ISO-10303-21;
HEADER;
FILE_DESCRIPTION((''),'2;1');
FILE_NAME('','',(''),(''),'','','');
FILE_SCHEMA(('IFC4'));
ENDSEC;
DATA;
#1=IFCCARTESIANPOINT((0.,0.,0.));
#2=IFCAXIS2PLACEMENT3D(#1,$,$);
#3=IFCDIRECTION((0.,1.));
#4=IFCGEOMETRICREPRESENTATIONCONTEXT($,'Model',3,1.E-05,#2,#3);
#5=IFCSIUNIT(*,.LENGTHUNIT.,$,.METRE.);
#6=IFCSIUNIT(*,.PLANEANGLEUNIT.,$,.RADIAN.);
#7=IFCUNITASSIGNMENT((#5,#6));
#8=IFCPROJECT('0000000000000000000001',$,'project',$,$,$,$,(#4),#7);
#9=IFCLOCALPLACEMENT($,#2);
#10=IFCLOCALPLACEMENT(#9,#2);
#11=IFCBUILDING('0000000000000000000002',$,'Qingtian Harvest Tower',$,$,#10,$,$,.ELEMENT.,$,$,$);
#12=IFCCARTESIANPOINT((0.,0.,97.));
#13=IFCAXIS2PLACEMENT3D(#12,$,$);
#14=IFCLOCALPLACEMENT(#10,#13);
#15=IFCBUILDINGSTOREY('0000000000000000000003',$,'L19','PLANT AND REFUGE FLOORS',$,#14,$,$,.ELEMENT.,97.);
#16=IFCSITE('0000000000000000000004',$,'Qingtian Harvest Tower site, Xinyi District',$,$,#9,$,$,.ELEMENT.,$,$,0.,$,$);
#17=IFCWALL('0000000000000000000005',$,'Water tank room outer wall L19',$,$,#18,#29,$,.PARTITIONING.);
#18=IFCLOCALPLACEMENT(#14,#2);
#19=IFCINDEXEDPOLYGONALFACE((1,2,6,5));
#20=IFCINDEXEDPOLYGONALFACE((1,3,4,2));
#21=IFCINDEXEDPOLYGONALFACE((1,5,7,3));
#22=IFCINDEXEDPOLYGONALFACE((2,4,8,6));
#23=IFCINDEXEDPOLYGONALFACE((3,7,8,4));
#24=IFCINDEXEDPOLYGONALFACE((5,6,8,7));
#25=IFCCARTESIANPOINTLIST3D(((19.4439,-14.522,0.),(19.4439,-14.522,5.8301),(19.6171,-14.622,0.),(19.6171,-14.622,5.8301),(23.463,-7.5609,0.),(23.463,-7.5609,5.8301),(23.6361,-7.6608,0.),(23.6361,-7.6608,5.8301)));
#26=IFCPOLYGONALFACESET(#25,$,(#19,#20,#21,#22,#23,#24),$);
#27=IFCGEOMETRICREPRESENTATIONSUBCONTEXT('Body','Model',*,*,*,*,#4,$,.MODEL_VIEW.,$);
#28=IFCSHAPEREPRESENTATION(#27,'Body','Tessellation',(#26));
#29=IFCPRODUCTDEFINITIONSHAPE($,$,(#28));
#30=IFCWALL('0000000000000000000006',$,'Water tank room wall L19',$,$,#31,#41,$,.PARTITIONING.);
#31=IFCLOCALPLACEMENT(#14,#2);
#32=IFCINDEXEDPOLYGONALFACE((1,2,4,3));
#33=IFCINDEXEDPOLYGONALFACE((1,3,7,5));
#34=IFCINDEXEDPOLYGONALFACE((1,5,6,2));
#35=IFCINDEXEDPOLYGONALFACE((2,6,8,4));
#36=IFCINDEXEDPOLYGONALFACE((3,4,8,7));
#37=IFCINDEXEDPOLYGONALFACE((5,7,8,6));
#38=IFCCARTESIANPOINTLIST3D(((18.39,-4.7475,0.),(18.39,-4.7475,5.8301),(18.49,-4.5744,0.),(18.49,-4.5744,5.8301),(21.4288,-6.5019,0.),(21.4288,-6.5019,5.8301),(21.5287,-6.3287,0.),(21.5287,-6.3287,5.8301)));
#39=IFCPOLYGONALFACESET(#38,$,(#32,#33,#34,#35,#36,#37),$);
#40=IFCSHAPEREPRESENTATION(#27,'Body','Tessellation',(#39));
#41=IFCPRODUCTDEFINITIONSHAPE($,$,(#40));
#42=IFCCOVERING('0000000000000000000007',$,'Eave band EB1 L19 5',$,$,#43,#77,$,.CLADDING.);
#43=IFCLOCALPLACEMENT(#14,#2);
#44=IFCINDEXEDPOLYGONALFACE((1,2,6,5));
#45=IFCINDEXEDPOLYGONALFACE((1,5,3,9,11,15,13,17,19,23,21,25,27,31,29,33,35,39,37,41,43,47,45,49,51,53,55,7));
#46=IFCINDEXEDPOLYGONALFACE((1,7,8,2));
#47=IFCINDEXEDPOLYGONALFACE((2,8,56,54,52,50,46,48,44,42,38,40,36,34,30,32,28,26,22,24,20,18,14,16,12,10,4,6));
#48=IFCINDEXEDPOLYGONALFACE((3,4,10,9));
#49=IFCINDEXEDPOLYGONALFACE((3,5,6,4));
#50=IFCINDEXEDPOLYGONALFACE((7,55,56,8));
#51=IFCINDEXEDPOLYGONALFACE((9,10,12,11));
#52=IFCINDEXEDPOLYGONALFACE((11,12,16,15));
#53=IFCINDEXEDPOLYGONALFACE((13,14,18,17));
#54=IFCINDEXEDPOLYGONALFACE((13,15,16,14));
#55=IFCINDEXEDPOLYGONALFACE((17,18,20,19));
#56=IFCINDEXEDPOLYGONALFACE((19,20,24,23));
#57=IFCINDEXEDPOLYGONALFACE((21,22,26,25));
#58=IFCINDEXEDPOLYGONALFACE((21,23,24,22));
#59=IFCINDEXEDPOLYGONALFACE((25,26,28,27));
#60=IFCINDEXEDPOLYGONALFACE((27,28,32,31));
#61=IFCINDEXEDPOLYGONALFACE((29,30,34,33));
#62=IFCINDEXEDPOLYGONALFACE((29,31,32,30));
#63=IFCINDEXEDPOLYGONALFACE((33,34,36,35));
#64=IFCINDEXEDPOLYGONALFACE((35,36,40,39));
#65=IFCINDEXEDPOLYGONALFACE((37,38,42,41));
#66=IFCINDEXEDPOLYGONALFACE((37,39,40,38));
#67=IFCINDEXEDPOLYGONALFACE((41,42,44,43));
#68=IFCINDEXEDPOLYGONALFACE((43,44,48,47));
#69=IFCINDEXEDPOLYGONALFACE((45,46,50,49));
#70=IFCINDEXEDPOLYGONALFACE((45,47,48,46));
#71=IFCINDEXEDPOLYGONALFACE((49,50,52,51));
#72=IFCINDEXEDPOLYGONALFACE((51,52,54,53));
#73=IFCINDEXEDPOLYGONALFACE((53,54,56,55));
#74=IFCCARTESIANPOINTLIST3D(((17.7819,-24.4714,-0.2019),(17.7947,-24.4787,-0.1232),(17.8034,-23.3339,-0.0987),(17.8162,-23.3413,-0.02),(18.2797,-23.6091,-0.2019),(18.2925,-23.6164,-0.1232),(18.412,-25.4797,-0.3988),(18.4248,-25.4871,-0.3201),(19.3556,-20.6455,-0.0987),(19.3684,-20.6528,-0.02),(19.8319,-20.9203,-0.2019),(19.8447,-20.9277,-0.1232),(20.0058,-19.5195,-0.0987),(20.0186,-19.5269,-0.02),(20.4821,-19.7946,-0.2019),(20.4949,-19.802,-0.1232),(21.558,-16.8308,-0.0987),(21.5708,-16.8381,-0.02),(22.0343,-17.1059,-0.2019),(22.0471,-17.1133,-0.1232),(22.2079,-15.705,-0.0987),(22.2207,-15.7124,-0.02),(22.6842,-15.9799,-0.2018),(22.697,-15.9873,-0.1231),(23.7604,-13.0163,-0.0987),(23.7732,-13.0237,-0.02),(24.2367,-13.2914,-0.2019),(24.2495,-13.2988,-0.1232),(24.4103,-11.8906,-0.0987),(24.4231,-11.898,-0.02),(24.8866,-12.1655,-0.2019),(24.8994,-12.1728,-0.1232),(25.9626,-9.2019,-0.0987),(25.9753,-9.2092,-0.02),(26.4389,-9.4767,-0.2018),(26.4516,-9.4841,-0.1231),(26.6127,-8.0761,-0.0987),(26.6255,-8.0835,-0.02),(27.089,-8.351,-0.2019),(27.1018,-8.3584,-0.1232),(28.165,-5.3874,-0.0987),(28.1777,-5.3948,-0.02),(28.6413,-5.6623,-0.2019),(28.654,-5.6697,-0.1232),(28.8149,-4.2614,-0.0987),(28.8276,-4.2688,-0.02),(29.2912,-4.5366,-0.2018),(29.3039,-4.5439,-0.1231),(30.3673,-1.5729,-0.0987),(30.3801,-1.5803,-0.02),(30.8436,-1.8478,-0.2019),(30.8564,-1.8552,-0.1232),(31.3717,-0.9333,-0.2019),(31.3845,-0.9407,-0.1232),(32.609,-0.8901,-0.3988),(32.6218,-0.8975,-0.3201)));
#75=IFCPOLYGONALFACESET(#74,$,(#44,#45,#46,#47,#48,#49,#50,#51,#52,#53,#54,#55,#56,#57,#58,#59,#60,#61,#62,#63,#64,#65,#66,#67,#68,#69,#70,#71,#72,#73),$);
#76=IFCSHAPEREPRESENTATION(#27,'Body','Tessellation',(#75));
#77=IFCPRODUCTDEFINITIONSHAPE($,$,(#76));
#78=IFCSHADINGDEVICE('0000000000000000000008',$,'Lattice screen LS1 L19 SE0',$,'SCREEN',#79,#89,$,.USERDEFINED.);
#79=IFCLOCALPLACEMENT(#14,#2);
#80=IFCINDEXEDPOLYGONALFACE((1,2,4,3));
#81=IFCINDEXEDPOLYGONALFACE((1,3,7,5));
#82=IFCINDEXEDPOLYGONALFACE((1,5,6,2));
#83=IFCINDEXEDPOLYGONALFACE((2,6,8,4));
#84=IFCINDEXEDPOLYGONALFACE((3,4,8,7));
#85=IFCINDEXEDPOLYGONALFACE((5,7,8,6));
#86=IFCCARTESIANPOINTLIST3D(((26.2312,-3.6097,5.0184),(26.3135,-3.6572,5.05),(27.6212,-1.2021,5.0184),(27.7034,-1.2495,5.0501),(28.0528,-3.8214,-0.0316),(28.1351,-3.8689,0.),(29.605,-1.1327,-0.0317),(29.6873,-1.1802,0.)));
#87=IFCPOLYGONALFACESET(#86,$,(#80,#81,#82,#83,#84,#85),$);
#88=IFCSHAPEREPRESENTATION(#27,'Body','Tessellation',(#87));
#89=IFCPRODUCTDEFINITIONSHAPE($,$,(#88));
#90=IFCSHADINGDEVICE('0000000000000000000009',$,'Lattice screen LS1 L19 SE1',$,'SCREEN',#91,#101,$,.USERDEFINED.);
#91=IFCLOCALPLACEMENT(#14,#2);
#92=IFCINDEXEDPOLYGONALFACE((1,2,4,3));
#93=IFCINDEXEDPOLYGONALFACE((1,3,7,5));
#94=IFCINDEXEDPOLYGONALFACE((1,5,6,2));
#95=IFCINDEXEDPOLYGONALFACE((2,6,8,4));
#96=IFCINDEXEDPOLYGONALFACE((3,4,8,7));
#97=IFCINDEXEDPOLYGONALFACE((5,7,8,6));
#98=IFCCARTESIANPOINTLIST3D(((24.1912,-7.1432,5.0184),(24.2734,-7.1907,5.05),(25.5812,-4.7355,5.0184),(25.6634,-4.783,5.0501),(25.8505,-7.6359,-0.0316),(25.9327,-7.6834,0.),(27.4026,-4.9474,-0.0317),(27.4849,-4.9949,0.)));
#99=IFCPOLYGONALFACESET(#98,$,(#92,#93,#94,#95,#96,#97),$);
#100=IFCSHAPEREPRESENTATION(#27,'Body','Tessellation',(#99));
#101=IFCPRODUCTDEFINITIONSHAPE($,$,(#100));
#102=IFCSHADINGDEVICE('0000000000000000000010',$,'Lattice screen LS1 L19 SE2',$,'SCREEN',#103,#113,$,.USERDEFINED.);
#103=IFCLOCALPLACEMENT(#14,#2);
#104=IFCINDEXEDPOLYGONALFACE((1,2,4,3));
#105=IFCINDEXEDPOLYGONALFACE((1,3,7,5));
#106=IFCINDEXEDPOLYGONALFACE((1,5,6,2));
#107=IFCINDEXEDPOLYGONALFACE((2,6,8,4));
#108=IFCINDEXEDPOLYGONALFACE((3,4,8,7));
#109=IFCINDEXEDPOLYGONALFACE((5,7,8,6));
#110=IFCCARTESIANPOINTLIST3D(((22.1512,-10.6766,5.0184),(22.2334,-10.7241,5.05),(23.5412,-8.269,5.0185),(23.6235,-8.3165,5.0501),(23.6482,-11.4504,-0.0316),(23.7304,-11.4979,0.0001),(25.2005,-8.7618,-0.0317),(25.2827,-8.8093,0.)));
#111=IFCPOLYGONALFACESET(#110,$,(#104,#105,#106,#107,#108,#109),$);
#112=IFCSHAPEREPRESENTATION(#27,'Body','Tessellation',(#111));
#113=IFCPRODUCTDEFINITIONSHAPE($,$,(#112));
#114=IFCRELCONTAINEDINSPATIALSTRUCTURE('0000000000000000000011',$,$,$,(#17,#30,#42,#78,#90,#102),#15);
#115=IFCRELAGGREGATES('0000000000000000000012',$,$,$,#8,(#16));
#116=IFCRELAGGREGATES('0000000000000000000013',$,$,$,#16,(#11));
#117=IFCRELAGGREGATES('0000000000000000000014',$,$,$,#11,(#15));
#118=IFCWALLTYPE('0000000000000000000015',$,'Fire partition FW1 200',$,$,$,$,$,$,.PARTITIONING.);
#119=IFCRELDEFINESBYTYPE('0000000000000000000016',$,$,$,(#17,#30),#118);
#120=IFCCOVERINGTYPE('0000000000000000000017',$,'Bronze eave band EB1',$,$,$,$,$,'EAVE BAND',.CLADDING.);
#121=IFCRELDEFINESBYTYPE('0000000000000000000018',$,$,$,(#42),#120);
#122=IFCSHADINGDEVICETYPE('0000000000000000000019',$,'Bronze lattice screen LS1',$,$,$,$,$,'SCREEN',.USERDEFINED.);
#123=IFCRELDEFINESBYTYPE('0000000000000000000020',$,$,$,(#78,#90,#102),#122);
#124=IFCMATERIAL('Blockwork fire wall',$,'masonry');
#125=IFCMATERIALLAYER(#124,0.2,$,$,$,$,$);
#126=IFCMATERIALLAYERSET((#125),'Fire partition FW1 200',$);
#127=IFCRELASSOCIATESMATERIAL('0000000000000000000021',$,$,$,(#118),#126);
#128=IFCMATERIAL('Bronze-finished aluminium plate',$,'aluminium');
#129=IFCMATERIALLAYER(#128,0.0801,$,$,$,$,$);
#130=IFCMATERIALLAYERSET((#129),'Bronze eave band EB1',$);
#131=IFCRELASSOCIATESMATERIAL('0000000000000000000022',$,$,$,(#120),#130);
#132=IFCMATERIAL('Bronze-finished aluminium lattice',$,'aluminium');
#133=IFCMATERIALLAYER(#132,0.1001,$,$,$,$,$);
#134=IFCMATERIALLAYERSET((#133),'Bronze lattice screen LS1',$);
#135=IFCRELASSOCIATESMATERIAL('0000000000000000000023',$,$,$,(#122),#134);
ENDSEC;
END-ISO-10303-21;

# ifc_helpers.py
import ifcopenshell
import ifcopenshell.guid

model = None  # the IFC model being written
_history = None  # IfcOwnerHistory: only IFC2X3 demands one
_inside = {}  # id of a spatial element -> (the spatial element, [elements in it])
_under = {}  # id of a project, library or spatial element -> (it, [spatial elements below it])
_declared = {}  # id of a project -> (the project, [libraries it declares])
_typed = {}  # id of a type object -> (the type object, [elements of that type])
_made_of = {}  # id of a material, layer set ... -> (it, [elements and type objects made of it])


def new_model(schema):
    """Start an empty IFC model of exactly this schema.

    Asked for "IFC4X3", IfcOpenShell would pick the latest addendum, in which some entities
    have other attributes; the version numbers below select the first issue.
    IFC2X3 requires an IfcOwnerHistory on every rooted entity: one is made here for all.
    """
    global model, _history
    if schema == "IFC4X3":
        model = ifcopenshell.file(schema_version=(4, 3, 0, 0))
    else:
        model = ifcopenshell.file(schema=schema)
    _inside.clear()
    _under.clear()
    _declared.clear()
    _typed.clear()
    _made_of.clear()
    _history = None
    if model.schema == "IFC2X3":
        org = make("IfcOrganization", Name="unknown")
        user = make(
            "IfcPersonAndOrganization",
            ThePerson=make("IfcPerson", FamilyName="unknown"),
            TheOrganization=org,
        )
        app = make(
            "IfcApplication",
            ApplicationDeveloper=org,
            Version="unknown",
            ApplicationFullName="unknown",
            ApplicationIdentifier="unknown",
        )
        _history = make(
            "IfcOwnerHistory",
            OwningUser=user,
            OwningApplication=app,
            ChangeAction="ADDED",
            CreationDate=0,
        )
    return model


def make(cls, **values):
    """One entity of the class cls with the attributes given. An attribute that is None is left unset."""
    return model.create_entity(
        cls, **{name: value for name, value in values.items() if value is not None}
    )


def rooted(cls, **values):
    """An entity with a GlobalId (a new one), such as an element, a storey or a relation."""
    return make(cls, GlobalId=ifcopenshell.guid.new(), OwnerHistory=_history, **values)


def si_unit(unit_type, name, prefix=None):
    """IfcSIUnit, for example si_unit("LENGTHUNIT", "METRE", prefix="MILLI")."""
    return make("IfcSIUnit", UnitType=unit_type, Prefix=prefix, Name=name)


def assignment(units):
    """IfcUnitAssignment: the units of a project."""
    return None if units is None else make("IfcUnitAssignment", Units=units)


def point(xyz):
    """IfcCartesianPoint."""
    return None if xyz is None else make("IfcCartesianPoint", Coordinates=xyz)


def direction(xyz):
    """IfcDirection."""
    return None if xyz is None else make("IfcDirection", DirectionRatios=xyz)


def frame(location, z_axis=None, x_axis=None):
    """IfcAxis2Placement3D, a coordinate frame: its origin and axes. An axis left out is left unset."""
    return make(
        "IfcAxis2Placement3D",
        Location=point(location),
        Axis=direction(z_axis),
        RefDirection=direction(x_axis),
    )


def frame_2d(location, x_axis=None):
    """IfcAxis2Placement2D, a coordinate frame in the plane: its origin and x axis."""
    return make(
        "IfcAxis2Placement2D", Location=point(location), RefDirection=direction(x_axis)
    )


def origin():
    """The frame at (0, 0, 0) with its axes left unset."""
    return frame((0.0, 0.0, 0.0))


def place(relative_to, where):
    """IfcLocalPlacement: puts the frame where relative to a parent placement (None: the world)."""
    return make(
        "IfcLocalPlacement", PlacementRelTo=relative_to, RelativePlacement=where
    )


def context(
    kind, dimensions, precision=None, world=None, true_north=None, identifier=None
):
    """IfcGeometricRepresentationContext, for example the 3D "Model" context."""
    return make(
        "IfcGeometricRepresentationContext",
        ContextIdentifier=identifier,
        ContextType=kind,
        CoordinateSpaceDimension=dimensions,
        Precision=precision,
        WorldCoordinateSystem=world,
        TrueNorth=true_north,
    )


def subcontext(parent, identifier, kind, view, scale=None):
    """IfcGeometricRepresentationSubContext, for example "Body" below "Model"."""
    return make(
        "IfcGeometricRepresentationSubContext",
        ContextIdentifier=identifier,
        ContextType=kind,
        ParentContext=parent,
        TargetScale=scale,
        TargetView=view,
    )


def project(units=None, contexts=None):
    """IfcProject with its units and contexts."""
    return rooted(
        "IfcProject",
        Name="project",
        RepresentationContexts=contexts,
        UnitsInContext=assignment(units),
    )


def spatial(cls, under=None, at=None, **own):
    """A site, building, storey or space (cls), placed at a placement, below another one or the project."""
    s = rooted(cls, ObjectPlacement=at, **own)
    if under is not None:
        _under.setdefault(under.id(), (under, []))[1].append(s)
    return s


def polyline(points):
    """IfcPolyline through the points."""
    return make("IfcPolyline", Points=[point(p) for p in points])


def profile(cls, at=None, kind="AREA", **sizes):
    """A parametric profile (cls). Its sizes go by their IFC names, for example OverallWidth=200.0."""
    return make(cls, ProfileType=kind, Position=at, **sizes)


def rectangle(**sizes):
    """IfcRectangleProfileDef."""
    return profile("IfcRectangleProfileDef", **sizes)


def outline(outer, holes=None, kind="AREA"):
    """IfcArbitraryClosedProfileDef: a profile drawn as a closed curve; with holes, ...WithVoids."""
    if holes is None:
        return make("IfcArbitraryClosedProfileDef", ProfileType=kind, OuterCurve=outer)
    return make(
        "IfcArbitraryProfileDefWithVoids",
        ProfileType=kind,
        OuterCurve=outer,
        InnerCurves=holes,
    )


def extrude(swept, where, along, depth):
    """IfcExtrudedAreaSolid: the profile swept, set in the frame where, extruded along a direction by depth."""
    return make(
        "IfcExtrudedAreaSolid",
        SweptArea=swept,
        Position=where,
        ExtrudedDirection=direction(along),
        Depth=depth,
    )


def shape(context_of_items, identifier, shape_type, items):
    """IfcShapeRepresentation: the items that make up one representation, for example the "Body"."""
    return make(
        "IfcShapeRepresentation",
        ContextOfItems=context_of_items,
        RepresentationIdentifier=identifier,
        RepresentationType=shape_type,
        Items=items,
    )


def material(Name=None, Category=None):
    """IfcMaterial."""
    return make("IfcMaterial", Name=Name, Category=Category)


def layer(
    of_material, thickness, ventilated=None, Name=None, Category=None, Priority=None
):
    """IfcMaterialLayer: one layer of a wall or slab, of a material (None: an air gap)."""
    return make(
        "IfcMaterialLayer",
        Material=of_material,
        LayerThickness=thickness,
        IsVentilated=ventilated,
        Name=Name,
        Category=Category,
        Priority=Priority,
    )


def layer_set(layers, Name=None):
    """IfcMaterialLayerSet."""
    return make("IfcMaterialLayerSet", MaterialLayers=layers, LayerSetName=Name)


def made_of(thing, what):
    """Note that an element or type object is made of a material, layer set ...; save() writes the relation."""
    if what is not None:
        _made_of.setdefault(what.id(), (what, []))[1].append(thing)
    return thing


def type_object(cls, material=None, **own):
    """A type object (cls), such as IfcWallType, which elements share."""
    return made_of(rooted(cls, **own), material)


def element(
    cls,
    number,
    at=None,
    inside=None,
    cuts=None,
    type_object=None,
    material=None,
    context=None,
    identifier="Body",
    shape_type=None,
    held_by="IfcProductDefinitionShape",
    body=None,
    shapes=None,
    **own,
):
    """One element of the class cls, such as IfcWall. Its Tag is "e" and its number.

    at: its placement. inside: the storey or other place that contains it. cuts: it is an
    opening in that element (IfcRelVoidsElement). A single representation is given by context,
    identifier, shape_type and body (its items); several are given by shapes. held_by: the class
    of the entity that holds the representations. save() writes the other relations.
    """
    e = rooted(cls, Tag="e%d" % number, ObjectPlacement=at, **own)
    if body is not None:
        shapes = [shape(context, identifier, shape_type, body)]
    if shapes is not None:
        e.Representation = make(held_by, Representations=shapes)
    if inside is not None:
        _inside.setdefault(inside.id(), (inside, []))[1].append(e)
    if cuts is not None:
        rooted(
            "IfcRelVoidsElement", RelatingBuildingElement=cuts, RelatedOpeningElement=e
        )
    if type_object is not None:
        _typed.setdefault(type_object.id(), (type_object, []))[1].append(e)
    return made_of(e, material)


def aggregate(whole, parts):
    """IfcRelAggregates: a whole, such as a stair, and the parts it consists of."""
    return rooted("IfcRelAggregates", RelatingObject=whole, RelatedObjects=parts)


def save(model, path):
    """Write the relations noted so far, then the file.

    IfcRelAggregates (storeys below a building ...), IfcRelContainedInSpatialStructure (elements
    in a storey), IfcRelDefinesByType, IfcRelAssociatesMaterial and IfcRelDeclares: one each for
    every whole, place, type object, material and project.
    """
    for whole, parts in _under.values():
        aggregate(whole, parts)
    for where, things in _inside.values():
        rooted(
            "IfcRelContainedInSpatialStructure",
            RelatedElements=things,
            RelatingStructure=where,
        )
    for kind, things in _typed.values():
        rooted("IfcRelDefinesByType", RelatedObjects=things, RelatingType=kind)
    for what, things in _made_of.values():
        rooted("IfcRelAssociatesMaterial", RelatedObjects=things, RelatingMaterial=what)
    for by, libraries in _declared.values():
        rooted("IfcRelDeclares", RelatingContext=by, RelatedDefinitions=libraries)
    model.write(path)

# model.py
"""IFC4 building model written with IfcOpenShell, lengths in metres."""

from ifc_helpers import new_model, si_unit, direction, frame, frame_2d, origin, place, context, subcontext, project, spatial, polyline, rectangle, outline, extrude, material, layer, layer_set, type_object, element, save


model = new_model("IFC4")

# Units and contexts
model_context = context("Model", 3, precision=1e-05, world=origin(), true_north=direction((0.0, 1.0)))
body_context = subcontext(model_context, "Body", "Model", "MODEL_VIEW")
ifc_project = project(units=[si_unit("LENGTHUNIT", "METRE"), si_unit("PLANEANGLEUNIT", "RADIAN")], contexts=[model_context])

# Site, building, storey
site_placement = place(None, origin())
site = spatial("IfcSite", under=ifc_project, at=site_placement, Name="Qingtian Harvest Tower site, Xinyi District", CompositionType="ELEMENT", RefElevation=0.0)
building_placement = place(site_placement, origin())
building = spatial("IfcBuilding", under=site, at=building_placement, Name="Qingtian Harvest Tower", CompositionType="ELEMENT")
storey_placement = place(building_placement, frame((0.0, 0.0, 97.0)))
storey = spatial("IfcBuildingStorey", under=building, at=storey_placement, Name="L19", Description="PLANT AND REFUGE FLOORS", CompositionType="ELEMENT", Elevation=97.0)

# Shared definitions
ifc_material_1 = material(Name="Blockwork fire wall", Category="masonry")
ifc_layer_1 = layer(ifc_material_1, 0.2)
ifc_layer_set_1 = layer_set([ifc_layer_1], Name="Fire partition FW1 200")
wall_type = type_object("IfcWallType", Name="Fire partition FW1 200", PredefinedType="PARTITIONING", material=ifc_layer_set_1)

# Walls
wall_1_placement = place(storey_placement, frame((23.5496, -7.6108, 0.0), z_axis=(0.0, 0.0, 1.0), x_axis=(-0.5, -0.866025, 0.0)))
element("IfcWall", 1, at=wall_1_placement, inside=storey, type_object=wall_type, Name="Water tank room outer wall L19", PredefinedType="PARTITIONING", context=body_context, shape_type="SweptSolid", body=[
    extrude(rectangle(XDim=8.0381, YDim=0.2, at=frame_2d((4.019, 0.0))), origin(), (0.0, 0.0, 1.0), 5.8301),
])
wall_2_placement = place(storey_placement, frame((21.4788, -6.4153, 0.0), z_axis=(0.0, 0.0, 1.0), x_axis=(-0.866034, 0.499985, 0.0)))
element("IfcWall", 2, at=wall_2_placement, inside=storey, type_object=wall_type, Name="Water tank room wall L19", PredefinedType="PARTITIONING", context=body_context, shape_type="SweptSolid", body=[
    extrude(rectangle(XDim=3.5088, YDim=0.2, at=frame_2d((1.7544, 0.0))), origin(), (0.0, 0.0, 1.0), 5.8301),
])

# Covering
ifc_material_2 = material(Name="Bronze-finished aluminium plate", Category="aluminium")
ifc_layer_2 = layer(ifc_material_2, 0.0801)
ifc_layer_set_2 = layer_set([ifc_layer_2], Name="Bronze eave band EB1")
covering_type = type_object("IfcCoveringType", Name="Bronze eave band EB1", ElementType="EAVE BAND", PredefinedType="CLADDING", material=ifc_layer_set_2)
covering_placement = place(storey_placement, frame((30.3801, -1.5803, -0.02), z_axis=(0.159647, -0.092173, 0.982862), x_axis=(0.851261, -0.491297, -0.184345)))
element("IfcCovering", 3, at=covering_placement, inside=storey, type_object=covering_type, Name="Eave band EB1 L19 5", PredefinedType="CLADDING", context=body_context, shape_type="SweptSolid", body=[
    extrude(outline(polyline([(0.0, 0.0), (0.5595, 0.0), (0.5597, 1.0561), (1.6281, 1.712), (1.6235, -26.6818), (0.5554, -26.1234), (0.5555, -25.1278), (-0.0041, -25.1275), (-0.0036, -22.0231), (0.5559, -22.0231), (0.5563, -20.7232), (-0.0033, -20.7229), (-0.0029, -17.6183), (0.5567, -17.6185), (0.5568, -16.3185), (-0.0028, -16.3185), (-0.0021, -13.2137), (0.5575, -13.2139), (0.5575, -11.9138), (-0.002, -11.9138), (-0.0016, -8.8092), (0.558, -8.8092), (0.5583, -7.5092), (-0.0012, -7.5092), (-0.0008, -4.4046), (0.5587, -4.4046), (0.5589, -3.1047), (-0.0007, -3.1045), (0.0, 0.0)])), origin(), (0.0, 0.0, -1.0), 0.0801),
])

# Shading devices
ifc_material_3 = material(Name="Bronze-finished aluminium lattice", Category="aluminium")
ifc_layer_3 = layer(ifc_material_3, 0.1001)
ifc_layer_set_3 = layer_set([ifc_layer_3], Name="Bronze lattice screen LS1")
shading_device_type = type_object("IfcShadingDeviceType", Name="Bronze lattice screen LS1", ElementType="SCREEN", PredefinedType="USERDEFINED", material=ifc_layer_set_3)
shading_device_1_placement = place(storey_placement, frame((29.6873, -1.1802, 0.0), z_axis=(0.821601, -0.474305, 0.316239), x_axis=(-0.499965, -0.866046, 0.000005)))
element("IfcShadingDevice", 4, at=shading_device_1_placement, inside=storey, type_object=shading_device_type, Name="Lattice screen LS1 L19 SE0", ObjectType="SCREEN", PredefinedType="USERDEFINED", context=body_context, shape_type="SweptSolid", body=[
    extrude(outline(polyline([(0.0, 0.0), (3.1046, 0.0), (3.832, -5.3232), (1.0519, -5.3233), (0.0, 0.0)])), origin(), (0.0, 0.0, -1.0), 0.1001),
])
shading_device_2_placement = place(storey_placement, frame((27.4849, -4.9949, 0.0), z_axis=(0.821594, -0.474324, 0.316228), x_axis=(-0.499984, -0.866035, 0.000011)))
element("IfcShadingDevice", 5, at=shading_device_2_placement, inside=storey, type_object=shading_device_type, Name="Lattice screen LS1 L19 SE1", ObjectType="SCREEN", PredefinedType="USERDEFINED", context=body_context, shape_type="SweptSolid", body=[
    extrude(outline(polyline([(0.0, 0.0), (3.1044, 0.0), (3.5074, -5.3232), (0.7273, -5.3232), (0.0, 0.0)])), origin(), (0.0, 0.0, -1.0), 0.1001),
])
shading_device_3_placement = place(storey_placement, frame((25.2827, -8.8093, 0.0), z_axis=(0.821577, -0.474353, 0.316227), x_axis=(-0.500018, -0.866015, 0.000021)))
element("IfcShadingDevice", 6, at=shading_device_3_placement, inside=storey, type_object=shading_device_type, Name="Lattice screen LS1 L19 SE2", ObjectType="SCREEN", PredefinedType="USERDEFINED", context=body_context, shape_type="SweptSolid", body=[
    extrude(outline(polyline([(0.0, 0.0), (3.1045, 0.0), (3.1831, -5.3231), (0.403, -5.3233), (0.0, 0.0)])), origin(), (0.0, 0.0, -1.0), 0.1001),
])

save(model, "model.ifc")
